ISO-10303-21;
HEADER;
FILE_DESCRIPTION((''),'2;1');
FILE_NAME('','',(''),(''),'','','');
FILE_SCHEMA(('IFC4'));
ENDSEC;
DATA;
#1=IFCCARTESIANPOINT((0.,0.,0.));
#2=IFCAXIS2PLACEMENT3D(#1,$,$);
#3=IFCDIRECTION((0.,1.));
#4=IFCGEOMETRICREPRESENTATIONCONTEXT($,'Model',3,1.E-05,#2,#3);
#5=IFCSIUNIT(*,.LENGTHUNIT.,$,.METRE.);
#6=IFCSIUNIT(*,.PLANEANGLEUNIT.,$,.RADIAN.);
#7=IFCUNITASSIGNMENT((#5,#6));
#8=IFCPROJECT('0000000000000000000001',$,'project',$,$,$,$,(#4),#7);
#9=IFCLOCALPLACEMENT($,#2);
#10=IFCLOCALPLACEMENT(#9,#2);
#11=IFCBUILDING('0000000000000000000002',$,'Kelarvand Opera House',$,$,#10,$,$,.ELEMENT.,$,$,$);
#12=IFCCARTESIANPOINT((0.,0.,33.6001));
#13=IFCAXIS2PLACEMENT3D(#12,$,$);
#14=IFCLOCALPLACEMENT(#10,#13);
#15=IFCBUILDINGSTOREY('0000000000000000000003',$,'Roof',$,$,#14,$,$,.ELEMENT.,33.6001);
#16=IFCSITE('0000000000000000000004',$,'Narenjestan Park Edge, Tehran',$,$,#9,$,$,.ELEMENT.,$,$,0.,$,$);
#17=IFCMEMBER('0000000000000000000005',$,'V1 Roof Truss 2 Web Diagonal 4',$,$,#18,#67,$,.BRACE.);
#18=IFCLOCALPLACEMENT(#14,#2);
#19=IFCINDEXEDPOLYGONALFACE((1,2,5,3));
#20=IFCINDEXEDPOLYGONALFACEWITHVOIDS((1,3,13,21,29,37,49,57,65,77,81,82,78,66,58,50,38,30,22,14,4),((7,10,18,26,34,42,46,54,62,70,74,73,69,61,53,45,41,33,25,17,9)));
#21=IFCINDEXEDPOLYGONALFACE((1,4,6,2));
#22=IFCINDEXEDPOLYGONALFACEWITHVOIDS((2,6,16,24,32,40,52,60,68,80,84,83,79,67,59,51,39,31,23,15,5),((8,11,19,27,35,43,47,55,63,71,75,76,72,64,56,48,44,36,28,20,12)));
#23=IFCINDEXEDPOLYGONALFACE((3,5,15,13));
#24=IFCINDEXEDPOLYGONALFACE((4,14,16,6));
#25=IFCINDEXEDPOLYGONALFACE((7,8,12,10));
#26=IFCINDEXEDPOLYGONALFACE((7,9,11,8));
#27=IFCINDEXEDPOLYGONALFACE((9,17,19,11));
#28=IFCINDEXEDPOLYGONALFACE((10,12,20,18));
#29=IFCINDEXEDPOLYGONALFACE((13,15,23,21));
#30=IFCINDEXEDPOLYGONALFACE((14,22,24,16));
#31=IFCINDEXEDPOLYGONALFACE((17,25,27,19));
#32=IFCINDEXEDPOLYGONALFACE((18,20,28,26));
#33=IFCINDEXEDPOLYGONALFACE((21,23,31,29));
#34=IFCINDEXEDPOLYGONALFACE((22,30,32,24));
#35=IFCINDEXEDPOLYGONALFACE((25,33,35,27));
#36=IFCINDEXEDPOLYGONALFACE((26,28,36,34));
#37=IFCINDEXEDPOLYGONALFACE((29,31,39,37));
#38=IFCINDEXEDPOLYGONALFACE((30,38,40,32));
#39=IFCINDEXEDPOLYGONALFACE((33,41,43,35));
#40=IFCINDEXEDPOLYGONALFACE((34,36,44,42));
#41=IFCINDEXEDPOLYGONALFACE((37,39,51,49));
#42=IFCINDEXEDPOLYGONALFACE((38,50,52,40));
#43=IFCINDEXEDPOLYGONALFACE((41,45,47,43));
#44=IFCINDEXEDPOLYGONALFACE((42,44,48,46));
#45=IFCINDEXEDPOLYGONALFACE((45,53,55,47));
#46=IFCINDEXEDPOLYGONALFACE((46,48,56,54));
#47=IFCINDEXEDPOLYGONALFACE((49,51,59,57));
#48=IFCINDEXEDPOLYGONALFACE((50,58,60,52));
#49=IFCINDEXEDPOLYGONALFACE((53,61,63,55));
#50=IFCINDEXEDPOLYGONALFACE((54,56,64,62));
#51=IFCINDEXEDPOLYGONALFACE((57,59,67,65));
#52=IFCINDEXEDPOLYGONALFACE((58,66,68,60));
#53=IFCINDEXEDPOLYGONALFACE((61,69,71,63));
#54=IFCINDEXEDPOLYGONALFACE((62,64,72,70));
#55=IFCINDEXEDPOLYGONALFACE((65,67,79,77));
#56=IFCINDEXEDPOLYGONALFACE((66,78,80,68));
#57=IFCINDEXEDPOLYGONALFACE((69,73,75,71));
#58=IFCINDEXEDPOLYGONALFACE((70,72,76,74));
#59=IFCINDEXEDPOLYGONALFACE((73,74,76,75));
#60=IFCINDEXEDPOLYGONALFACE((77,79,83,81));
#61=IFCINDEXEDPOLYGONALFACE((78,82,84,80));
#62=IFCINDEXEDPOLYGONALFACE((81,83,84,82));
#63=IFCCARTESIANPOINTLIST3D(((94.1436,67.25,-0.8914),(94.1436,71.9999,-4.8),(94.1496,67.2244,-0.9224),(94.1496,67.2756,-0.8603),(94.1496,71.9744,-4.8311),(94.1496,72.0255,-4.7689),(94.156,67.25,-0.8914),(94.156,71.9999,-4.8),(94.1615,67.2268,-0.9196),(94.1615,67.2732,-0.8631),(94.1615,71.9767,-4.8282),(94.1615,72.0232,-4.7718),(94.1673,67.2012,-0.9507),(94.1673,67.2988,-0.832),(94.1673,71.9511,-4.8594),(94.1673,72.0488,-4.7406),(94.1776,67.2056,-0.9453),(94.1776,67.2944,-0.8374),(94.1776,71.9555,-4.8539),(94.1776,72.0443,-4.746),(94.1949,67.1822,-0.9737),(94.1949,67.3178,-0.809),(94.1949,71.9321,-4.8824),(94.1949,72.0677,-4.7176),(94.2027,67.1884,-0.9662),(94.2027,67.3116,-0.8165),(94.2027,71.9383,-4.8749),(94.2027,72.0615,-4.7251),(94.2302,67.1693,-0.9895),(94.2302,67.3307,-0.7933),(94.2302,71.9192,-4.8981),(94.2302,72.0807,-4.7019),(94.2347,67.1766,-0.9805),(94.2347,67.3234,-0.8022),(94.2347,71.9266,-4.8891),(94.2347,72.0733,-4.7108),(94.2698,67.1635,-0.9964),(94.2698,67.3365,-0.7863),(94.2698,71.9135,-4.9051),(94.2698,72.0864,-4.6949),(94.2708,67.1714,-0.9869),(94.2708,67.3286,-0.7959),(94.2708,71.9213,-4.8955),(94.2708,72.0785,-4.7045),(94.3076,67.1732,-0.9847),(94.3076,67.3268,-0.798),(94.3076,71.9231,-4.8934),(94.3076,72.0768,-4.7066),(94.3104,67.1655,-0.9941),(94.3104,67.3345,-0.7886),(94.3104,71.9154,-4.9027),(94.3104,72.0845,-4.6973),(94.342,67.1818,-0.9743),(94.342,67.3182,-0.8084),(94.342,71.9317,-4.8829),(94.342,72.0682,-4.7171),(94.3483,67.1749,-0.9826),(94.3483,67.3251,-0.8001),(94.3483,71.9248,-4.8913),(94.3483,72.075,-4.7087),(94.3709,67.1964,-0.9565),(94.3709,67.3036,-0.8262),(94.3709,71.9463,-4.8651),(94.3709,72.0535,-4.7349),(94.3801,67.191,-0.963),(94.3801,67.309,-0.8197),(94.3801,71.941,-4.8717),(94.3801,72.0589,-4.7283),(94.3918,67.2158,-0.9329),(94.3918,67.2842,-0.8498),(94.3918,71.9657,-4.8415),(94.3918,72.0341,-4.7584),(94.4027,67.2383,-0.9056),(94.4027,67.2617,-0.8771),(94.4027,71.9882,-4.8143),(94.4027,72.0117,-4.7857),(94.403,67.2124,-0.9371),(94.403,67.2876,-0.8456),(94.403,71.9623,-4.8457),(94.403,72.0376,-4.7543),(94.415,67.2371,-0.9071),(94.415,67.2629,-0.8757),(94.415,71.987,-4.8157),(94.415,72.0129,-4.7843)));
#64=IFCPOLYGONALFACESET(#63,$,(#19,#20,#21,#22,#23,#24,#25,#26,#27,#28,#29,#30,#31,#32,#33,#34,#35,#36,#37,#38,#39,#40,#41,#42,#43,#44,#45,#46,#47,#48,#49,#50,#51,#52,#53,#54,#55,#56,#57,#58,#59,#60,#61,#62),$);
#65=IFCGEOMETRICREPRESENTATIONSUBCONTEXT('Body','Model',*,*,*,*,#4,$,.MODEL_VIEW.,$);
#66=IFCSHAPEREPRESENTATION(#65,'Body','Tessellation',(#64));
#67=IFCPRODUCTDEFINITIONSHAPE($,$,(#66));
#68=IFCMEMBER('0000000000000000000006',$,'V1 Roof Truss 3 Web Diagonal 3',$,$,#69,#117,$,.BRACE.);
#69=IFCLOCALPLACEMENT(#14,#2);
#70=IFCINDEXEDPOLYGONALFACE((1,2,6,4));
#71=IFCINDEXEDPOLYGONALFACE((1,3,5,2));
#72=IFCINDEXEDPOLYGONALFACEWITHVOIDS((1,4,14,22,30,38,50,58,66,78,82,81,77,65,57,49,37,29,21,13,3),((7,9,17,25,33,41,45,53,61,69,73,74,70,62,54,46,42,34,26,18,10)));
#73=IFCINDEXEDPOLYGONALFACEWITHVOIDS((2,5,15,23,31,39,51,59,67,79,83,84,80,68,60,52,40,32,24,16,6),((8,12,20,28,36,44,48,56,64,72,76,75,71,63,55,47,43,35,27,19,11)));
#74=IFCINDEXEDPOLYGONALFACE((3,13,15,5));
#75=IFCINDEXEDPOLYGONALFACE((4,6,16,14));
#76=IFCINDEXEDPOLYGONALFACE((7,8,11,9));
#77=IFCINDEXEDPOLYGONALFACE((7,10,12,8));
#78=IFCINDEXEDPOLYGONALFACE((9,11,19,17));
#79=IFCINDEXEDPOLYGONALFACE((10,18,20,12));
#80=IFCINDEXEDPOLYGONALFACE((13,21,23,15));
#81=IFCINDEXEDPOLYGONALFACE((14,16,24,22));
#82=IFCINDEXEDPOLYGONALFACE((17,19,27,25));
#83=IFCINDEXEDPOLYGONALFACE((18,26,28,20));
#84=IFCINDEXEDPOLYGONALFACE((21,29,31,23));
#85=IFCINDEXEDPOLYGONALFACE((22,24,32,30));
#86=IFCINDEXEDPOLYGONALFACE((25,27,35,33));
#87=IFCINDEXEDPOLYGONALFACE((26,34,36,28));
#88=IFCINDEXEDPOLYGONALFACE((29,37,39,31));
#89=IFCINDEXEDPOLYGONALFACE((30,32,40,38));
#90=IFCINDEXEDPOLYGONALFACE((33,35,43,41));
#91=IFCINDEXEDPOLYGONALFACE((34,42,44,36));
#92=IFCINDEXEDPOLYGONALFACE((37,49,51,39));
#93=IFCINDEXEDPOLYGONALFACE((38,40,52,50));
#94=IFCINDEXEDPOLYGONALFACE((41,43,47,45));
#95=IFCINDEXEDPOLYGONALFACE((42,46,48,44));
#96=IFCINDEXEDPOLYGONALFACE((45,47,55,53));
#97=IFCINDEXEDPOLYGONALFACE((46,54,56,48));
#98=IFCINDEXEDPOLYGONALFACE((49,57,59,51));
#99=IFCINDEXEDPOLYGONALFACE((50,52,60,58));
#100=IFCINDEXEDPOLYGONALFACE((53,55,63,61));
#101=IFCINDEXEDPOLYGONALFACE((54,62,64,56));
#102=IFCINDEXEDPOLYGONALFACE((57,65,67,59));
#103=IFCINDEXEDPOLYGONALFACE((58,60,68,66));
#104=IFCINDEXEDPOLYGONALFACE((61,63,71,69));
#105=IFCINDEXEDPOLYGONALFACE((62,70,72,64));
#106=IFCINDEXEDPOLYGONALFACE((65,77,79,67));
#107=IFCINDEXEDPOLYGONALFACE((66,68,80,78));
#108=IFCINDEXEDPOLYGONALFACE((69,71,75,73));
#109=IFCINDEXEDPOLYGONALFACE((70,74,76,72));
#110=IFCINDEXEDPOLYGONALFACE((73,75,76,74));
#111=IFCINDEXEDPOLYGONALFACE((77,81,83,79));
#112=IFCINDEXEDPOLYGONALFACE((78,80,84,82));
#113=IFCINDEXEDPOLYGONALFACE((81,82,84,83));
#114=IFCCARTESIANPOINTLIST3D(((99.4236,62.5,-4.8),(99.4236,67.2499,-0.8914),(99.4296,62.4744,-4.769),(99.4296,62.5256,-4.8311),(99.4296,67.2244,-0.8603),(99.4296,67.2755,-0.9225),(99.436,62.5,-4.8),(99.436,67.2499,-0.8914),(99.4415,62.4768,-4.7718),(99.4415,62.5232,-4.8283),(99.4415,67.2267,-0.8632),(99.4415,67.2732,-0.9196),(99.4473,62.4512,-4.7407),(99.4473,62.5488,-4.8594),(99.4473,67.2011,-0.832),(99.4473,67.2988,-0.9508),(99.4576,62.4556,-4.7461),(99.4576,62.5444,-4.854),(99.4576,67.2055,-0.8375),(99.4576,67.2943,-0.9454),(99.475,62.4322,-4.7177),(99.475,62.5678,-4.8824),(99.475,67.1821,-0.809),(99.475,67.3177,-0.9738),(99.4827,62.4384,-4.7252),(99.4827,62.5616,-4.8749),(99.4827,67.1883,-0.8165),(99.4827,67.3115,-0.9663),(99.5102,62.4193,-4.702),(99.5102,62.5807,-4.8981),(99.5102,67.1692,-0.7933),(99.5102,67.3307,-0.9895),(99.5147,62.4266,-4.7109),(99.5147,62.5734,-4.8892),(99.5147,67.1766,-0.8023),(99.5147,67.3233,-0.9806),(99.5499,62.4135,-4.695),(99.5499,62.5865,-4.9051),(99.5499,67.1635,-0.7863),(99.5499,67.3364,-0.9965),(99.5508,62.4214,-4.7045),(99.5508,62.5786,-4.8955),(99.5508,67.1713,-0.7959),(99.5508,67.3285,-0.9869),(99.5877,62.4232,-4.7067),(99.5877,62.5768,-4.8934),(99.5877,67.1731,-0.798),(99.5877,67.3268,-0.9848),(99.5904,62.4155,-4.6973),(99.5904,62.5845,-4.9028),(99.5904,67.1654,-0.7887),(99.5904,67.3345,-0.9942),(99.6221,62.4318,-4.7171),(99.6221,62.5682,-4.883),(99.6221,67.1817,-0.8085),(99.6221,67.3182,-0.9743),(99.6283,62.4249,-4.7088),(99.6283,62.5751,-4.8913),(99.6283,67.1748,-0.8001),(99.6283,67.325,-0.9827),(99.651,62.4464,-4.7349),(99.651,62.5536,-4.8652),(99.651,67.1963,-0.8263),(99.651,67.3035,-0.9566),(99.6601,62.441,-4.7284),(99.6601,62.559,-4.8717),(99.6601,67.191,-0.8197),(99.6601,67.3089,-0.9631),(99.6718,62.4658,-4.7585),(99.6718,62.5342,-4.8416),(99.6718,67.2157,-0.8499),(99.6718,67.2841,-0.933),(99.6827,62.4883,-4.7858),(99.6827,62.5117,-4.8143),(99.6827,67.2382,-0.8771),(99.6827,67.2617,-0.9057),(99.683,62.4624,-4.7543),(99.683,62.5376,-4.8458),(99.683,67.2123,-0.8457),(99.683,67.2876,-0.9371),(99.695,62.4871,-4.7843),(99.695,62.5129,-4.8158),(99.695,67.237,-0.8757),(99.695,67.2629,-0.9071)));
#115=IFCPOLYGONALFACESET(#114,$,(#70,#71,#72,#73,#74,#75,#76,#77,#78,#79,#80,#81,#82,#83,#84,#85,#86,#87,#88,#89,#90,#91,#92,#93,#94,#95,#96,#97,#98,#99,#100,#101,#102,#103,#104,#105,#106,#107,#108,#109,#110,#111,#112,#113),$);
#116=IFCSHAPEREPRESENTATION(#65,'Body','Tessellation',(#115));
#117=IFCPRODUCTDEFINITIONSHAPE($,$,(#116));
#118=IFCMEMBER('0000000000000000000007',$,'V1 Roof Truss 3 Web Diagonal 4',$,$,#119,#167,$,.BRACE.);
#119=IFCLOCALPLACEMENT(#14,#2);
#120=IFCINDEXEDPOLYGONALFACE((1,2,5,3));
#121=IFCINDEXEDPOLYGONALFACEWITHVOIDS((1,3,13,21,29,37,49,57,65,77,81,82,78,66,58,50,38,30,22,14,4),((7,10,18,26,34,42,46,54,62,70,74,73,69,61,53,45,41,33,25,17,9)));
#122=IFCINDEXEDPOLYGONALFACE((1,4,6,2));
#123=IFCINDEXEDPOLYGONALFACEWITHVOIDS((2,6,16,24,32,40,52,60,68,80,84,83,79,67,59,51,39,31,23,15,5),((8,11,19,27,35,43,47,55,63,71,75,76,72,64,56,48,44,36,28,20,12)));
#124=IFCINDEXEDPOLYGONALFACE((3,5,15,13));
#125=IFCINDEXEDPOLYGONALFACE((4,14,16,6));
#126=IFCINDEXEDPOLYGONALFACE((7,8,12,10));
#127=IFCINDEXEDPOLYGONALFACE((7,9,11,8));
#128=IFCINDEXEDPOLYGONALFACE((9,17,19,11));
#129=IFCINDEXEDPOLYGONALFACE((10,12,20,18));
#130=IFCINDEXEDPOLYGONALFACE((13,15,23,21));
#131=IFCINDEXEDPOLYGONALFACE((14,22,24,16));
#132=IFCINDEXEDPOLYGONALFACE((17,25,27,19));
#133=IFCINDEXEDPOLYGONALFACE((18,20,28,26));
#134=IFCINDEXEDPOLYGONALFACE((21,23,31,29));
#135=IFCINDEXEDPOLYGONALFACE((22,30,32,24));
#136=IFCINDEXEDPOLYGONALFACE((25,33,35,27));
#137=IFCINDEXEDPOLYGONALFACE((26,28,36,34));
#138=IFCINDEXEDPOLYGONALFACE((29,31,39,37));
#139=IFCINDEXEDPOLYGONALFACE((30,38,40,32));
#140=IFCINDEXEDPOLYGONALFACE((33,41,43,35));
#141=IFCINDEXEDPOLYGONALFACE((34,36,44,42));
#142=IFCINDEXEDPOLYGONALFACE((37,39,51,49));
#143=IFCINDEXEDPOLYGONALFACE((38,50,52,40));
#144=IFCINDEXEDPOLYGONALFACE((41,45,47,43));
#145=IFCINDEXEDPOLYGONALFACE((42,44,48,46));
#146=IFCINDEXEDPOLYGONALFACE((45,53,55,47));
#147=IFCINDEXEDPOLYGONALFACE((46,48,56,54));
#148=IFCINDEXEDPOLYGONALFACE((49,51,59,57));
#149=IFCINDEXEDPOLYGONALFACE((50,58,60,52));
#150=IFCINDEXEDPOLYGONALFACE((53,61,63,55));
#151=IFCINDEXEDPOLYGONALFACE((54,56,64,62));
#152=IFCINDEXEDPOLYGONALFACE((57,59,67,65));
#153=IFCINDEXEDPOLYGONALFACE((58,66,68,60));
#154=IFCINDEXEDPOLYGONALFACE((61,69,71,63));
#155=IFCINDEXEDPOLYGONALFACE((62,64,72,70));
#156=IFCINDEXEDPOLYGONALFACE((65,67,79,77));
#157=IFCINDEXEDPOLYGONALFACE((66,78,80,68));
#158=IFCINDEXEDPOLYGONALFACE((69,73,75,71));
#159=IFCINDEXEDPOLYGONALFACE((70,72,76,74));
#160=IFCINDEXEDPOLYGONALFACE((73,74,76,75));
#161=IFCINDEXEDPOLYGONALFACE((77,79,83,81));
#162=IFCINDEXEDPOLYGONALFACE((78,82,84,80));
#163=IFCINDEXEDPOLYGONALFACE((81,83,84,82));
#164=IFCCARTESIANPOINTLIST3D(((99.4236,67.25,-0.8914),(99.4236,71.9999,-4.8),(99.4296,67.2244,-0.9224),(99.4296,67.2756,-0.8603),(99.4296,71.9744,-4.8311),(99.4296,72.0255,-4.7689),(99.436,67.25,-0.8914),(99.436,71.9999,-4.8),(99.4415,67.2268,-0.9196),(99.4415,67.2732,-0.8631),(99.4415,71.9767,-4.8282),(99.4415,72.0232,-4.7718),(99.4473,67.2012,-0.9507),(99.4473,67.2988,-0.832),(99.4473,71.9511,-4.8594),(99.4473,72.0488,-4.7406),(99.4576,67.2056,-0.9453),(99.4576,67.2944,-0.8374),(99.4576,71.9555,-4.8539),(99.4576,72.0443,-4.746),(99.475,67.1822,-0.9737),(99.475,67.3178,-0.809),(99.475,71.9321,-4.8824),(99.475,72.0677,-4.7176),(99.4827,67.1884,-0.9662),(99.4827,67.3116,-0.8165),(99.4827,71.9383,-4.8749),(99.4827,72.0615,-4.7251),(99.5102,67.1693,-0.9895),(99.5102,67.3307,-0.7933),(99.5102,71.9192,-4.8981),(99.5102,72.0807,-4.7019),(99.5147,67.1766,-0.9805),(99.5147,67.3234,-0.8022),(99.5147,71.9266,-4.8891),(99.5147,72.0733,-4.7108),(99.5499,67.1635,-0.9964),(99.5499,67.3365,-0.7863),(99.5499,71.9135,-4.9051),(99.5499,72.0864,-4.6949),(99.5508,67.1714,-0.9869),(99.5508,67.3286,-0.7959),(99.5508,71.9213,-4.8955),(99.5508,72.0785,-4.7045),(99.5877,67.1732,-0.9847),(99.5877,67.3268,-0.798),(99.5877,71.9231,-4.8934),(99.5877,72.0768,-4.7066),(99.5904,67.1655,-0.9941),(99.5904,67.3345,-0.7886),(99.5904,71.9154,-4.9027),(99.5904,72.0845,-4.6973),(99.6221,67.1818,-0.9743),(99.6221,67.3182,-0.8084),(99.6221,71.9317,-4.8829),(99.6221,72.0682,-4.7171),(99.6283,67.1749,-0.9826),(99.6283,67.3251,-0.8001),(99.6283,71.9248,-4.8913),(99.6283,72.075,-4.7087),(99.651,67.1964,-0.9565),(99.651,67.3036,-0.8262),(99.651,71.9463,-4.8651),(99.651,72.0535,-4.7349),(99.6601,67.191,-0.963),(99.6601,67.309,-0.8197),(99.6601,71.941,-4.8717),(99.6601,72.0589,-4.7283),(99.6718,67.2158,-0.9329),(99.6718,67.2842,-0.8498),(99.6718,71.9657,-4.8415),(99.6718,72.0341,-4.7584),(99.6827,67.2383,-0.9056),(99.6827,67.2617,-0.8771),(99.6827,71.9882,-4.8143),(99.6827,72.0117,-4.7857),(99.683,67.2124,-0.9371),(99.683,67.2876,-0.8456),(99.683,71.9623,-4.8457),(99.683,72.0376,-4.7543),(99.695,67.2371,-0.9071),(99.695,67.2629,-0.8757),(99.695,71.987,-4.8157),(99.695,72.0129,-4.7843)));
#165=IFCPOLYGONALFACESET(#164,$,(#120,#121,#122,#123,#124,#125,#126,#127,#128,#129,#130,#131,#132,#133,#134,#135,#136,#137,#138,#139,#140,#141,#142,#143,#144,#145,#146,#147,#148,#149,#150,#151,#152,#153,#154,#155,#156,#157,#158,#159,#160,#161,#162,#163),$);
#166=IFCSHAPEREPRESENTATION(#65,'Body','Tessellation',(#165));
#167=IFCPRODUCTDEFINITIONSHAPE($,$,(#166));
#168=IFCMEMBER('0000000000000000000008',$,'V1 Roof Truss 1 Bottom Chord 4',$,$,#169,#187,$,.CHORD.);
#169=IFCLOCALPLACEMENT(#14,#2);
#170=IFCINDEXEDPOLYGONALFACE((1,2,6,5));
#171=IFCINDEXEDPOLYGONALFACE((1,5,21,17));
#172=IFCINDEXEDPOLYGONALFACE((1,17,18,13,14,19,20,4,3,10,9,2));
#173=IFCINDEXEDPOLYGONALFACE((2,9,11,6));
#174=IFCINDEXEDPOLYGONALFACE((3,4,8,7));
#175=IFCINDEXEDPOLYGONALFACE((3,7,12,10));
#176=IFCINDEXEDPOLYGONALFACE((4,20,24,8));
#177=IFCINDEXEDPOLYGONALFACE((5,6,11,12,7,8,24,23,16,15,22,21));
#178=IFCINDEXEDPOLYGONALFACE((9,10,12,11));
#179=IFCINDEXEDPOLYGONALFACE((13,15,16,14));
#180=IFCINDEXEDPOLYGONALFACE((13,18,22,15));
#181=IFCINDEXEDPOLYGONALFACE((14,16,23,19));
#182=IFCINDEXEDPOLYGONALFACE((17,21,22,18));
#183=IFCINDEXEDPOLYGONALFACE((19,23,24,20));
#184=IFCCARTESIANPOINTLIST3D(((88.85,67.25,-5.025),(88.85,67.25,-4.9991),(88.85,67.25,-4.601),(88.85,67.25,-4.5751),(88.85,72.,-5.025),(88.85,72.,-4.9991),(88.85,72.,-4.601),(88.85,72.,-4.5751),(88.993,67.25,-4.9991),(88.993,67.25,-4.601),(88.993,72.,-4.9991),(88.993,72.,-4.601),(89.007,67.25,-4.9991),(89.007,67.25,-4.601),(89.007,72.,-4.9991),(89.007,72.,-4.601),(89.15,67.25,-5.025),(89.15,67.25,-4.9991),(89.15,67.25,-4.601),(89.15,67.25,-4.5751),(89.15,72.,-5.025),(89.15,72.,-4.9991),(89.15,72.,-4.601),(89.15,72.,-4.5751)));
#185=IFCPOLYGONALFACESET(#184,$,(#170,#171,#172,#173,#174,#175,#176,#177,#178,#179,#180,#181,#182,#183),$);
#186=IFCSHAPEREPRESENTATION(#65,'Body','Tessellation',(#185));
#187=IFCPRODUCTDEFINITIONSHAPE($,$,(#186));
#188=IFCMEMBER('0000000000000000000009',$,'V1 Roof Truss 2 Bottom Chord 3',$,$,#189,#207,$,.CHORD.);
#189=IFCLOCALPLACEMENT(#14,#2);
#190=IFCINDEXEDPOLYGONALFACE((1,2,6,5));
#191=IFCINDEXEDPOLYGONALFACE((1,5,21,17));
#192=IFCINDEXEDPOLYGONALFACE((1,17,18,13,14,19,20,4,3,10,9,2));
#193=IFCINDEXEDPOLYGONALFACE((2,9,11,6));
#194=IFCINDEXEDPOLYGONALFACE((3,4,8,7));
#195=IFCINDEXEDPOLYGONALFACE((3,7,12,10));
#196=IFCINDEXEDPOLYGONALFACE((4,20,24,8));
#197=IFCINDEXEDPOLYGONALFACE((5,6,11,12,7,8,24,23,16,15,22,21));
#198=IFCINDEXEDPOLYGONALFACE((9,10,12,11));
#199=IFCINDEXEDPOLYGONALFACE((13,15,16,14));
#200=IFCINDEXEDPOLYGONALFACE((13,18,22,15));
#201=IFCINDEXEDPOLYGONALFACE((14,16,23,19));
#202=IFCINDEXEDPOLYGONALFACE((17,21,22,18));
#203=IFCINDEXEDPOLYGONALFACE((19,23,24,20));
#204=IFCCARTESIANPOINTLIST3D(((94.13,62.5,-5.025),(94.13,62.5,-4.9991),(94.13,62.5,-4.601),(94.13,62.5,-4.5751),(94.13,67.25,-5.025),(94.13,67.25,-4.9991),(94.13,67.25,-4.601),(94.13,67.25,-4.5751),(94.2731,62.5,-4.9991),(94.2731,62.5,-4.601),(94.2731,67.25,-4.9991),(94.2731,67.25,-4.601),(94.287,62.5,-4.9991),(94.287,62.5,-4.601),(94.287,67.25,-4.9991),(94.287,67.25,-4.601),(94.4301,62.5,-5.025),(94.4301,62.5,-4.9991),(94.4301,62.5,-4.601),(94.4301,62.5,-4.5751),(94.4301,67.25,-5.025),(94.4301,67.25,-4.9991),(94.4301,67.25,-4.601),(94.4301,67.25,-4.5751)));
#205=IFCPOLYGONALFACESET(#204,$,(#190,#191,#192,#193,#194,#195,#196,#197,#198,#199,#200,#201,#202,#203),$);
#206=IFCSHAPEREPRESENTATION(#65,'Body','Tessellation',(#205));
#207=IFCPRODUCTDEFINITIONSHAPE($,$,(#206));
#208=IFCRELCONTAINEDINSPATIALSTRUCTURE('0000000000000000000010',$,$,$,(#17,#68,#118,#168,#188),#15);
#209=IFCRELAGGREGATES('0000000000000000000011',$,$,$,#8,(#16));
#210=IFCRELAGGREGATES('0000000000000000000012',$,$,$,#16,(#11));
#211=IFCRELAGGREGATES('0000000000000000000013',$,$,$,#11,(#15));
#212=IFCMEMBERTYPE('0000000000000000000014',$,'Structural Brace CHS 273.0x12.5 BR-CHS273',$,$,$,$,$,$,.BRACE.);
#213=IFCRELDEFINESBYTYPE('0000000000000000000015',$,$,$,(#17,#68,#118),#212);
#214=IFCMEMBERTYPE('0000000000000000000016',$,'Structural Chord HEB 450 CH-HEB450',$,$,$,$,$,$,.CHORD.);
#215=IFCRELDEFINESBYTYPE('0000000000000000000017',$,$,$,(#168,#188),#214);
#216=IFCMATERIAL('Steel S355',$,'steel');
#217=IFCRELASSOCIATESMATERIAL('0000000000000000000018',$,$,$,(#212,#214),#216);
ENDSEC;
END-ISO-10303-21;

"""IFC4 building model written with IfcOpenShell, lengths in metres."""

from ifc_helpers import new_model, si_unit, direction, frame, origin, origin_2d, place, context, subcontext, project, spatial, hollow_circle, i_section, extrude, material, material_profile, profile_set, type_object, element, save


model = new_model("IFC4")

# Units and contexts
model_context = context("Model", 3, precision=1e-05, world=origin(), true_north=direction((0.0, 1.0)))
body_context = subcontext(model_context, "Body", "Model", "MODEL_VIEW")
ifc_project = project(units=[si_unit("LENGTHUNIT", "METRE"), si_unit("PLANEANGLEUNIT", "RADIAN")], contexts=[model_context])

# Site, building, storey
site_placement = place(None, origin())
site = spatial("IfcSite", under=ifc_project, at=site_placement, Name="Narenjestan Park Edge, Tehran", CompositionType="ELEMENT", RefElevation=0.0)
building_placement = place(site_placement, origin())
building = spatial("IfcBuilding", under=site, at=building_placement, Name="Kelarvand Opera House", CompositionType="ELEMENT")
storey_placement = place(building_placement, frame((0.0, 0.0, 33.6001)))
storey = spatial("IfcBuildingStorey", under=building, at=storey_placement, Name="Roof", CompositionType="ELEMENT", Elevation=33.6001)

# Members
ifc_material = material(Name="Steel S355", Category="steel")
ifc_material_profile_1 = material_profile(ifc_material, hollow_circle(Radius=0.1365, WallThickness=0.0125, at=origin_2d()), Name="CHS 273.0x12.5", Category="steel")
ifc_profile_set_1 = profile_set([ifc_material_profile_1], Name="Steel S355")
member_type_1 = type_object("IfcMemberType", Name="Structural Brace CHS 273.0x12.5 BR-CHS273", PredefinedType="BRACE", material=ifc_profile_set_1)
for number, where, z_axis, x_axis, name in (
    (1, (94.28, 67.25, -0.8914), (0.0, 0.772175, -0.63541), (-1.0, 0.0, 0.0), "V1 Roof Truss 2 Web Diagonal 4"),
    (2, (99.5601, 62.5, -4.8), (0.0, 0.772175, 0.63541), (-1.0, 0.0, 0.0), "V1 Roof Truss 3 Web Diagonal 3"),
    (3, (99.5601, 67.25, -0.8914), (0.0, 0.772175, -0.63541), (-1.0, 0.0, 0.0), "V1 Roof Truss 3 Web Diagonal 4"),
):
    element("IfcMember", number, at=place(storey_placement, frame(where, z_axis=z_axis, x_axis=x_axis)), inside=storey, type_object=member_type_1, Name=name, PredefinedType="BRACE", context=body_context, shape_type="SweptSolid", body=[
        extrude(hollow_circle(Radius=0.1365, WallThickness=0.0125, at=origin_2d()), origin(), (0.0, 0.0, 1.0), 6.1514),
    ])
ifc_material_profile_2 = material_profile(ifc_material, i_section(OverallWidth=0.3, OverallDepth=0.45, WebThickness=0.0139, FlangeThickness=0.0259, at=origin_2d()), Name="HEB 450", Category="steel")
ifc_profile_set_2 = profile_set([ifc_material_profile_2], Name="Steel S355")
member_type_2 = type_object("IfcMemberType", Name="Structural Chord HEB 450 CH-HEB450", PredefinedType="CHORD", material=ifc_profile_set_2)
for number, where, z_axis, x_axis, name in (
    (4, (89.0, 67.25, -4.8), (0.0, 1.0, 0.0), (-1.0, 0.0, 0.0), "V1 Roof Truss 1 Bottom Chord 4"),
    (5, (94.28, 62.5, -4.8), (0.0, 1.0, 0.0), (-1.0, 0.0, 0.0), "V1 Roof Truss 2 Bottom Chord 3"),
):
    element("IfcMember", number, at=place(storey_placement, frame(where, z_axis=z_axis, x_axis=x_axis)), inside=storey, type_object=member_type_2, Name=name, PredefinedType="CHORD", context=body_context, shape_type="SweptSolid", body=[
        extrude(i_section(OverallWidth=0.3, OverallDepth=0.45, WebThickness=0.0139, FlangeThickness=0.0259, at=origin_2d()), origin(), (0.0, 0.0, 1.0), 4.75),
    ])

save(model, "model.ifc")
